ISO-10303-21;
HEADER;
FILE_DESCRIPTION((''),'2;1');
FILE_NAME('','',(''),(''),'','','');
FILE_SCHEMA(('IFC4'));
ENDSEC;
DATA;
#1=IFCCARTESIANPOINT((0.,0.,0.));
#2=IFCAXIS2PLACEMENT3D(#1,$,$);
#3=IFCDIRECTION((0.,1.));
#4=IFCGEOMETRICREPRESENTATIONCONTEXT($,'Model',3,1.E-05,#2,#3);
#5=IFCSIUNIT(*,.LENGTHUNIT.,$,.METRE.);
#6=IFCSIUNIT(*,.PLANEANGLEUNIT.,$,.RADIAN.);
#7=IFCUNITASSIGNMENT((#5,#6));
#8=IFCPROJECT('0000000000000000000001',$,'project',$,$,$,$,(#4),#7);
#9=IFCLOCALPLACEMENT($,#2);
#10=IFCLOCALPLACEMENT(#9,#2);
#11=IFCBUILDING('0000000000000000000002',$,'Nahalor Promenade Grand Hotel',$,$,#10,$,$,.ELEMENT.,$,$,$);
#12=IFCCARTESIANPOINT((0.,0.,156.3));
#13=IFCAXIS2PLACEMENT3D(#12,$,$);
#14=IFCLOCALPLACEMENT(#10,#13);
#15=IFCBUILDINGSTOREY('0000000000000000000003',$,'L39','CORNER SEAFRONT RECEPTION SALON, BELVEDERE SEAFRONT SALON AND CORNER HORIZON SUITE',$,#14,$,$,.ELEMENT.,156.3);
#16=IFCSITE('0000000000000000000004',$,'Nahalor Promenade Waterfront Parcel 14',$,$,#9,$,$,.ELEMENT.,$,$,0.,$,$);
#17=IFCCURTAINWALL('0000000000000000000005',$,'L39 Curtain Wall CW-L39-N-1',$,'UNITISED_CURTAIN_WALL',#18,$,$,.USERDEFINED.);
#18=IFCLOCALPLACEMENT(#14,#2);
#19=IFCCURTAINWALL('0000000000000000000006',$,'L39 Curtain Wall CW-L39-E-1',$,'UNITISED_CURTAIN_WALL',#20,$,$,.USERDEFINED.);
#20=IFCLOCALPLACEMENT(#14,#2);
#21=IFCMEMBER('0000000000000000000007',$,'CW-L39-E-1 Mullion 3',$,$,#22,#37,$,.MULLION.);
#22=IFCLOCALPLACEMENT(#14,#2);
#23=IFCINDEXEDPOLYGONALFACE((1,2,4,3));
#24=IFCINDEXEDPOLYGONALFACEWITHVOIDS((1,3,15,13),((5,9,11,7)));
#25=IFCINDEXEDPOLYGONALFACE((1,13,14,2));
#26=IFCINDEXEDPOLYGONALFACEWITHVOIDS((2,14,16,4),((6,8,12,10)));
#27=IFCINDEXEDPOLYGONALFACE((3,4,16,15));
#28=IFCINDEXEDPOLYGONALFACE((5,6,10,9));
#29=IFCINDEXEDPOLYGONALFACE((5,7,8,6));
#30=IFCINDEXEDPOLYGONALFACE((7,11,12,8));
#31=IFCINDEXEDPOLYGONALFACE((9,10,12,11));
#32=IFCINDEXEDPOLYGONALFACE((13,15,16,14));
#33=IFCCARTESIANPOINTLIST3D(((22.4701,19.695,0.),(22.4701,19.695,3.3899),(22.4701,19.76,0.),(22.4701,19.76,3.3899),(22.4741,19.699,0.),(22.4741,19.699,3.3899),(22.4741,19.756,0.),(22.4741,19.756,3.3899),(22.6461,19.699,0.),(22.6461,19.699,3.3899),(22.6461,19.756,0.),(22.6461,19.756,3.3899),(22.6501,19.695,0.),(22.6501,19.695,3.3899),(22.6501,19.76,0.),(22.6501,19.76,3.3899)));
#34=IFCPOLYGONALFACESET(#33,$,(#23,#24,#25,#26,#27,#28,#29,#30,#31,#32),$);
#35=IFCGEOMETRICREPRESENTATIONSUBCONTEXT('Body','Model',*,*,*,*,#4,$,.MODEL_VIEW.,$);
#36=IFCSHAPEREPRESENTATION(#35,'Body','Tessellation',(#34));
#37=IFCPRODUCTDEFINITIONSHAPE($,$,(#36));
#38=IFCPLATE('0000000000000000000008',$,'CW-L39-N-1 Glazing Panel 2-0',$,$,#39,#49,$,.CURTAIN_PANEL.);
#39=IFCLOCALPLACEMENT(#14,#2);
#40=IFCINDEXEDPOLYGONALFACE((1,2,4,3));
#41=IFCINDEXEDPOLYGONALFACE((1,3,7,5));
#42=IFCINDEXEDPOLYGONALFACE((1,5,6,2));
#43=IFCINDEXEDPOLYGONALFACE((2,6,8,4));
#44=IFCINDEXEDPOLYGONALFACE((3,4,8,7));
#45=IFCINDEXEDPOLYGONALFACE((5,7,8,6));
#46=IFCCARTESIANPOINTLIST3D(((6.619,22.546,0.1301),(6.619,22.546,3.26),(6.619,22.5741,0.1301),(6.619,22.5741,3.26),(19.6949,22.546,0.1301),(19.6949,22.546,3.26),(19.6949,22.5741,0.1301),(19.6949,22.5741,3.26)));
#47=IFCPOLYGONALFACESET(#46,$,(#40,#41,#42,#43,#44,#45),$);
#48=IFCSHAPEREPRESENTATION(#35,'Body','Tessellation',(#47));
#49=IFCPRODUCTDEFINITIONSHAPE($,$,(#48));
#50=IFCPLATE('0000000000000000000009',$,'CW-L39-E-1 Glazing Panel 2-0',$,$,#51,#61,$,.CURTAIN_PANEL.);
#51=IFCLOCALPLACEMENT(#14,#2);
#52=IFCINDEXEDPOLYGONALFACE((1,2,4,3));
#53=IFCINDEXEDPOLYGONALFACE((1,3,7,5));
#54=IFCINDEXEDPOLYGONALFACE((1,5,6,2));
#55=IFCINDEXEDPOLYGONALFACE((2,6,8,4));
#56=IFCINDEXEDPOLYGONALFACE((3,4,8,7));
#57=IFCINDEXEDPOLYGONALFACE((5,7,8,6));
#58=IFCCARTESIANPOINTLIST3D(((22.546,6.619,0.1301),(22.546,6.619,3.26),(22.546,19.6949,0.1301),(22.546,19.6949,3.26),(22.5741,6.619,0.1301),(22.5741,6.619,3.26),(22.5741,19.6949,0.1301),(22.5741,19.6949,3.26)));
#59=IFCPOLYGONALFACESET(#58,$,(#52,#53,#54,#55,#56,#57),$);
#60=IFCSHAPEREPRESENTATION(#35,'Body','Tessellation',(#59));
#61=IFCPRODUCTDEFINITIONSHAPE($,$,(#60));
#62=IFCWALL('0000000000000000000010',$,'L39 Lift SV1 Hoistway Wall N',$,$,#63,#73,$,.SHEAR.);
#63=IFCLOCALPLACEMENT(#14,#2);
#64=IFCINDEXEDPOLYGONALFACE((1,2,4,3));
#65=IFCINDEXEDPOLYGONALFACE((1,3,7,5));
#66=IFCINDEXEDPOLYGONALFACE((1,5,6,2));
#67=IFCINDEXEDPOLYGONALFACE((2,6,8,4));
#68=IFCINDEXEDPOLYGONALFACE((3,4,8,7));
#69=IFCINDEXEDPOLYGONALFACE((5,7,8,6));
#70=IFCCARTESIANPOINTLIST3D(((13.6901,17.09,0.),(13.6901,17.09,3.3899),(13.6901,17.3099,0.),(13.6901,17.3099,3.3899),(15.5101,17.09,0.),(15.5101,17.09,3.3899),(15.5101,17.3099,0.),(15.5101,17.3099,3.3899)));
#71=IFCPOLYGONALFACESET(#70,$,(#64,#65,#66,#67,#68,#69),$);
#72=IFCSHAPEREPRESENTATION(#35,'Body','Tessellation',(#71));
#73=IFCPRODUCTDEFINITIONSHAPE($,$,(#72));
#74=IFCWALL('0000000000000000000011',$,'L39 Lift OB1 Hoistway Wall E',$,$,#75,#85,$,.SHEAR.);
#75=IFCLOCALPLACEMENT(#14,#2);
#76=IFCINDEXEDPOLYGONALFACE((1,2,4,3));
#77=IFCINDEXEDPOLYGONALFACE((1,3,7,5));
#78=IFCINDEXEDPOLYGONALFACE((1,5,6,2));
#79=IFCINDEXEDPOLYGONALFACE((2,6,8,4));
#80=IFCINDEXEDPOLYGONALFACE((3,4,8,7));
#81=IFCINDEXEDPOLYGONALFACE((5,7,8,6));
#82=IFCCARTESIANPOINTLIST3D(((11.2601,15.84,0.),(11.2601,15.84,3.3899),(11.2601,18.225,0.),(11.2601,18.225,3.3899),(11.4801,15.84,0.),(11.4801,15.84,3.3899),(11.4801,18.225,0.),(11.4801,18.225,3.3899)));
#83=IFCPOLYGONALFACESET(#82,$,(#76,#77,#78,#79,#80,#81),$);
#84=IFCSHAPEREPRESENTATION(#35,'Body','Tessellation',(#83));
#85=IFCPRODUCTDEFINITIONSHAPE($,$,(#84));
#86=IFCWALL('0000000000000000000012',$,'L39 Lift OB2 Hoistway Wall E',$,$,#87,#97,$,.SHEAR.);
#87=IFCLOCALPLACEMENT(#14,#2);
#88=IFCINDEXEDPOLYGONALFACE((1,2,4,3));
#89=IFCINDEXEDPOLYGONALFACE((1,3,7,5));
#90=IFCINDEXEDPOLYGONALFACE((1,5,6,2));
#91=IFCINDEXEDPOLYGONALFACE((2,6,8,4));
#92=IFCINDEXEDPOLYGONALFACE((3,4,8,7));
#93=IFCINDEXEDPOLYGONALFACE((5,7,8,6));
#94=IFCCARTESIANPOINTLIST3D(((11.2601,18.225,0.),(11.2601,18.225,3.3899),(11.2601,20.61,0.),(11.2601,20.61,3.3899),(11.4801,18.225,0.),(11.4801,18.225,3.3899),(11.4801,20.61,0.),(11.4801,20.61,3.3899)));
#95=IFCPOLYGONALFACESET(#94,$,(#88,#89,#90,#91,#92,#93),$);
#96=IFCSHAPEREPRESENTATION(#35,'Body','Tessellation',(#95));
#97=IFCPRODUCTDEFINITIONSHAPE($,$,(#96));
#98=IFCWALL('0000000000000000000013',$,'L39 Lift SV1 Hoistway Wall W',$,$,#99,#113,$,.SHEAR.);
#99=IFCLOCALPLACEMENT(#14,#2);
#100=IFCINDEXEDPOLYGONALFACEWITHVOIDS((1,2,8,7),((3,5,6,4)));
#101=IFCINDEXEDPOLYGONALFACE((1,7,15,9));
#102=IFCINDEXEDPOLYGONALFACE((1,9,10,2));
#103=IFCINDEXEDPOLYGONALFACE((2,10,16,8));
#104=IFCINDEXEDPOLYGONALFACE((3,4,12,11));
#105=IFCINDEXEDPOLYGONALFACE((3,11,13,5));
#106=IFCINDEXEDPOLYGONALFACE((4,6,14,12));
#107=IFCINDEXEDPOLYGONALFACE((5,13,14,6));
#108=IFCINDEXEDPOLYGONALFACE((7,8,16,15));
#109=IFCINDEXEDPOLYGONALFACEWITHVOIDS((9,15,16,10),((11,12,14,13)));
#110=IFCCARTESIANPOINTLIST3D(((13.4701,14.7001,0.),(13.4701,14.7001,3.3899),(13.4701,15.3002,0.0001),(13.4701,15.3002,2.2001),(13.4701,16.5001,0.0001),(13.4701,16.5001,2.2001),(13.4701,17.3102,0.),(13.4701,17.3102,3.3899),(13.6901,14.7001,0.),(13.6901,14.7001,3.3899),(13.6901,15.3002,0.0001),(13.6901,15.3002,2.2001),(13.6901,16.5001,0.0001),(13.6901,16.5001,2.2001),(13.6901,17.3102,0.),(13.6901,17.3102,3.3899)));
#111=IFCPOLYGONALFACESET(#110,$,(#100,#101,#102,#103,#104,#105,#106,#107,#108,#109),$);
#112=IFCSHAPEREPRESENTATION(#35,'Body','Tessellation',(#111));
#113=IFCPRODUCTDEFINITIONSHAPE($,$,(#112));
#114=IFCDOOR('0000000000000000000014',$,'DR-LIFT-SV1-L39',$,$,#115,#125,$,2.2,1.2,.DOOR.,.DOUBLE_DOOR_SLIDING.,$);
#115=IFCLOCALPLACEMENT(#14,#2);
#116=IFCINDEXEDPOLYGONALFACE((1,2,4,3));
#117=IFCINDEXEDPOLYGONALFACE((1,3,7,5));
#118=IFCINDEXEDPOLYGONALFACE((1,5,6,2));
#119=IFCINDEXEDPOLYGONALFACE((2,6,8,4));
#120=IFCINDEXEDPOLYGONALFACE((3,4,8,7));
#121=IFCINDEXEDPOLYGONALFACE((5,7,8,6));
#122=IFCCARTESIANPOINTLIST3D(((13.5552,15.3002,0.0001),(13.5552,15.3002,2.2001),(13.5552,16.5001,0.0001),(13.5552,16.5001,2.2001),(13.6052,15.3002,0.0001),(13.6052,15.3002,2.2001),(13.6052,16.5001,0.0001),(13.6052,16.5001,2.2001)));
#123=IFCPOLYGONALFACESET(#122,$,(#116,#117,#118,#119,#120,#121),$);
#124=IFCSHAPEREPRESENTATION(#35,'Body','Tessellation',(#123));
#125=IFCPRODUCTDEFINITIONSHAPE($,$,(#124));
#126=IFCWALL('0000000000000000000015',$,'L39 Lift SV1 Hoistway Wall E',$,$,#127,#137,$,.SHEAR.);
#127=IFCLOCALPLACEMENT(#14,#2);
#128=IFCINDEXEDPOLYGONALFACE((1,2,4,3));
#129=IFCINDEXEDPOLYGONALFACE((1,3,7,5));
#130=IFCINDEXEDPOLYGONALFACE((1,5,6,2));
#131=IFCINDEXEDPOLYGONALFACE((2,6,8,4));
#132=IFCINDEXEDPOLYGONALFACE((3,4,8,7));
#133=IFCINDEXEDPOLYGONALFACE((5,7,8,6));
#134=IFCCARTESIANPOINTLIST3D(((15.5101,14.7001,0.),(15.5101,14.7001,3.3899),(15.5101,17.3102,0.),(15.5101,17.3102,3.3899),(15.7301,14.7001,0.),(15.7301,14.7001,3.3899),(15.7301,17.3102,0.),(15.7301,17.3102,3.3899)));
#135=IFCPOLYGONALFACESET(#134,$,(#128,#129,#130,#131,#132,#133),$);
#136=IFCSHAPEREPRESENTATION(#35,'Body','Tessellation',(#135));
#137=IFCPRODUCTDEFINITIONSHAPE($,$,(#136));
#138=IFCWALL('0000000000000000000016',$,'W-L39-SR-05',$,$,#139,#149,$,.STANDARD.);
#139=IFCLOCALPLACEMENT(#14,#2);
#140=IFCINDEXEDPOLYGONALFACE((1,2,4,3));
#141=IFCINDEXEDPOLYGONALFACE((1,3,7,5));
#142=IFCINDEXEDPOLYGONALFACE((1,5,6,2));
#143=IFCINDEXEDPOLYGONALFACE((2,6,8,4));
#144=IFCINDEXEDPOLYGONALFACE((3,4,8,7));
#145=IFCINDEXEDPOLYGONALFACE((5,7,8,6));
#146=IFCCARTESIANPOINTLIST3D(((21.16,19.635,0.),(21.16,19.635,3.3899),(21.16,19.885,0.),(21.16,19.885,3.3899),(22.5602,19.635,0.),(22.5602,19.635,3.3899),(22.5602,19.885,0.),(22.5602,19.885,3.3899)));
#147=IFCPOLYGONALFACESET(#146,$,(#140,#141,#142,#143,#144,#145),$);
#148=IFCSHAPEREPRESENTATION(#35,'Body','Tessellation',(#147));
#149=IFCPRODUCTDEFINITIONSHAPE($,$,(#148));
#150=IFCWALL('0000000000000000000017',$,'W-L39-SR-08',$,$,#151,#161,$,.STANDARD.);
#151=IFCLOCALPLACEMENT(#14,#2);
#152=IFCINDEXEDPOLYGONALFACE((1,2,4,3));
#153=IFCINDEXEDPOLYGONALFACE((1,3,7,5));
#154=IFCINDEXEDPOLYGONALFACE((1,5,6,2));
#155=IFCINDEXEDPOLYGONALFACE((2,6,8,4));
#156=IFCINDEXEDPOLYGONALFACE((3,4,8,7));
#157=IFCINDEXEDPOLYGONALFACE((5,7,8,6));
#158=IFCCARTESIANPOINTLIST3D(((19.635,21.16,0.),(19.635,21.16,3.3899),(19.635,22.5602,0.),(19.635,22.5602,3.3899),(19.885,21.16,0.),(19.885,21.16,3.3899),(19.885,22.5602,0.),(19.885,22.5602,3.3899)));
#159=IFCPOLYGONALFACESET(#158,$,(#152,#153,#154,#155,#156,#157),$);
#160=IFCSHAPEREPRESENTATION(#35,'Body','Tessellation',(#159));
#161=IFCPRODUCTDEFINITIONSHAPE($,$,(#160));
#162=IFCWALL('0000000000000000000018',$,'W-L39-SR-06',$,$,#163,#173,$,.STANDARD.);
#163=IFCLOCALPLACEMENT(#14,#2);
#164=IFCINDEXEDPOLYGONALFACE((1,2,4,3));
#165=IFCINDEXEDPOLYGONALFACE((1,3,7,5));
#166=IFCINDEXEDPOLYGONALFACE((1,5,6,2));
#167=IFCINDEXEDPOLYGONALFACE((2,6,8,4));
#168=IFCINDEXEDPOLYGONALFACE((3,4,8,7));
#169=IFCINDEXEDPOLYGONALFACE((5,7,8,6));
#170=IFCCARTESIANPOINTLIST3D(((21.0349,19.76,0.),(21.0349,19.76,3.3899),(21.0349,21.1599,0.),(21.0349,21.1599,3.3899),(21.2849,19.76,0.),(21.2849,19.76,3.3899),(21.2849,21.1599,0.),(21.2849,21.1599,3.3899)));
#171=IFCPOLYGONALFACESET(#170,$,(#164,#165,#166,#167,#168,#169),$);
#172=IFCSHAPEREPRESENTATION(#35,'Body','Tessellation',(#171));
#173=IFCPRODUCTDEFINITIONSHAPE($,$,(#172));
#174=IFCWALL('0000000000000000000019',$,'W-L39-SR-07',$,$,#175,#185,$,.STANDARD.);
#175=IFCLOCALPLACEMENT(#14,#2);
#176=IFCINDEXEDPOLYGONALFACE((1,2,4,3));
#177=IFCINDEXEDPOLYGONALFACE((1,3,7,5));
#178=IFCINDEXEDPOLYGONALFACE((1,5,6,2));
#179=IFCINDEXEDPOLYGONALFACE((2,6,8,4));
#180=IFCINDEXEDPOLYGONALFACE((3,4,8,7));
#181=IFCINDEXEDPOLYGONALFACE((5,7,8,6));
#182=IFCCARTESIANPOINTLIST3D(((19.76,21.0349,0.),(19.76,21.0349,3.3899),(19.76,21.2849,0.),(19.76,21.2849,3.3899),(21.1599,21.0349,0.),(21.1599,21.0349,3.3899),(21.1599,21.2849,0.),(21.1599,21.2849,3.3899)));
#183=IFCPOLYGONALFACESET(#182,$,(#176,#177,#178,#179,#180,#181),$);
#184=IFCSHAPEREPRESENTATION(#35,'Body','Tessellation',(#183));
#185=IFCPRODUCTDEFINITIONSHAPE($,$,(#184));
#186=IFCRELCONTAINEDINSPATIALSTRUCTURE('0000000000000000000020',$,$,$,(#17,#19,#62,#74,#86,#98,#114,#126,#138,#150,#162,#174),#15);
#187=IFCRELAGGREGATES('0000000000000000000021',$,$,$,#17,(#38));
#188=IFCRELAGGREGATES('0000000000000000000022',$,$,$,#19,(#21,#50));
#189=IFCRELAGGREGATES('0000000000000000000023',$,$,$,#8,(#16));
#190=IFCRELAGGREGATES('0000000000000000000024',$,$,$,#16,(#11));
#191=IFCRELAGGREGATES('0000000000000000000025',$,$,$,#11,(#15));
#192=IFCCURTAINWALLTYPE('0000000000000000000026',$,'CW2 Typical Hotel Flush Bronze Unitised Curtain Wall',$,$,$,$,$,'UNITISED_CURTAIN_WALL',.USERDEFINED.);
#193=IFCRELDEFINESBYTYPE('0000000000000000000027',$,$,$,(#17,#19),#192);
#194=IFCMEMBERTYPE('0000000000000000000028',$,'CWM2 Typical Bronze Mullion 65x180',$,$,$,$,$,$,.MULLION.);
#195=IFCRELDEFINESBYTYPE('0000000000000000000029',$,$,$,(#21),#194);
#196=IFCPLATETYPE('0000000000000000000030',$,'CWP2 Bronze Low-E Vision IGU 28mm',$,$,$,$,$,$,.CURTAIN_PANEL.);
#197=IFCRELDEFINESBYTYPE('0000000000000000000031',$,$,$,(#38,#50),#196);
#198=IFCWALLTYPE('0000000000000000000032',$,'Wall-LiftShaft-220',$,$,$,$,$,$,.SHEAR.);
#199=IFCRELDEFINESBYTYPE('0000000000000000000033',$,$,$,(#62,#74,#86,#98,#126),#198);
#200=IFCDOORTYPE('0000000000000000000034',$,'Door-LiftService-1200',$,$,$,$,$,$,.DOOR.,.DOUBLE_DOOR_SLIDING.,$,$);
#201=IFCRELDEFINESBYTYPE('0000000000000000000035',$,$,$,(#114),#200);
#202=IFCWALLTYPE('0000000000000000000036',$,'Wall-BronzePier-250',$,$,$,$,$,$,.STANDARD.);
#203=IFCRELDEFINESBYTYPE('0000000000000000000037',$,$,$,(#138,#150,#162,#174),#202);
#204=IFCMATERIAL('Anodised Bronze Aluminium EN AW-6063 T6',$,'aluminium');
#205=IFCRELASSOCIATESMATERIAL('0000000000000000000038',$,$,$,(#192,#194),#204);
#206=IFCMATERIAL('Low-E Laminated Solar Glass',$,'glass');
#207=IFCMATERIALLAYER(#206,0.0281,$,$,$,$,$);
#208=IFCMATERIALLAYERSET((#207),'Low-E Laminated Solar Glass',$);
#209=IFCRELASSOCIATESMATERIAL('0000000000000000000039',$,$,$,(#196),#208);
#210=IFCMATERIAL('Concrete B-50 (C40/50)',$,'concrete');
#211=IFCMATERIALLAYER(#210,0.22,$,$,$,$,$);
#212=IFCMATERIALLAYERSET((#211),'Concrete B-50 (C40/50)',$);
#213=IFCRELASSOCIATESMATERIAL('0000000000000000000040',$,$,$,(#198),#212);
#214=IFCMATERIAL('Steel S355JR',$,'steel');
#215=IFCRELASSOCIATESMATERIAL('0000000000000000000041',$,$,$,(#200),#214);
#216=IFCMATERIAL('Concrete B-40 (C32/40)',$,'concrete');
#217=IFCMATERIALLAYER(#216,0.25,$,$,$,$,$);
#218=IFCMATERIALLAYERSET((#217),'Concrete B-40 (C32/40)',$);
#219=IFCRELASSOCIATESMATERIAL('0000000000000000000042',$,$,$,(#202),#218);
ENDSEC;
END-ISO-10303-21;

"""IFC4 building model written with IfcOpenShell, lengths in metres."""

from ifc_helpers import new_model, si_unit, direction, frame, frame_2d, origin, origin_2d, place, context, subcontext, project, spatial, rectangle, hollow_rectangle, extrude, source, transform, mapped, material, layer, layer_set, material_profile, profile_set, type_object, element, fill, aggregate, save


model = new_model("IFC4")

# Units and contexts
model_context = context("Model", 3, precision=1e-05, world=origin(), true_north=direction((0.0, 1.0)))
body_context = subcontext(model_context, "Body", "Model", "MODEL_VIEW")
ifc_project = project(units=[si_unit("LENGTHUNIT", "METRE"), si_unit("PLANEANGLEUNIT", "RADIAN")], contexts=[model_context])

# Site, building, storey
site_placement = place(None, origin())
site = spatial("IfcSite", under=ifc_project, at=site_placement, Name="Nahalor Promenade Waterfront Parcel 14", CompositionType="ELEMENT", RefElevation=0.0)
building_placement = place(site_placement, origin())
building = spatial("IfcBuilding", under=site, at=building_placement, Name="Nahalor Promenade Grand Hotel", CompositionType="ELEMENT")
storey_placement = place(building_placement, frame((0.0, 0.0, 156.3)))
storey = spatial("IfcBuildingStorey", under=building, at=storey_placement, Name="L39", Description="CORNER SEAFRONT RECEPTION SALON, BELVEDERE SEAFRONT SALON AND CORNER HORIZON SUITE", CompositionType="ELEMENT", Elevation=156.3)

# Shared definitions
ifc_material_1 = material(Name="Steel S355JR", Category="steel")

# Curtain walls, member
ifc_material_2 = material(Name="Anodised Bronze Aluminium EN AW-6063 T6", Category="aluminium")
curtain_wall_type = type_object("IfcCurtainWallType", Name="CW2 Typical Hotel Flush Bronze Unitised Curtain Wall", ElementType="UNITISED_CURTAIN_WALL", PredefinedType="USERDEFINED", material=ifc_material_2)
curtain_wall_1_placement = place(storey_placement, origin())
curtain_wall_1 = element("IfcCurtainWall", 1, at=curtain_wall_1_placement, inside=storey, type_object=curtain_wall_type, Name="L39 Curtain Wall CW-L39-N-1", ObjectType="UNITISED_CURTAIN_WALL", PredefinedType="USERDEFINED")
ifc_material_profile_1 = material_profile(ifc_material_2, hollow_rectangle(XDim=0.065, YDim=0.18, WallThickness=0.004, at=origin_2d()), Name="CWM 65x180x4")
ifc_profile_set_1 = profile_set([ifc_material_profile_1], Name="Anodised Bronze Aluminium EN AW-6063 T6")
member_type = type_object("IfcMemberType", Name="CWM2 Typical Bronze Mullion 65x180", PredefinedType="MULLION", material=ifc_profile_set_1)
shared_shape_1 = source(origin(), body_context, "Body", "SweptSolid", [
    extrude(hollow_rectangle(XDim=0.065, YDim=0.18, WallThickness=0.004, at=origin_2d()), origin(), (0.0, 0.0, 1.0), 3.3899),
])
curtain_wall_2_placement = place(storey_placement, origin())
curtain_wall_2 = element("IfcCurtainWall", 2, at=curtain_wall_2_placement, inside=storey, type_object=curtain_wall_type, Name="L39 Curtain Wall CW-L39-E-1", ObjectType="UNITISED_CURTAIN_WALL", PredefinedType="USERDEFINED")
member_1_placement = place(storey_placement, frame((22.5601, 19.7275, 0.0), z_axis=(0.0, 0.0, 1.0), x_axis=(0.0, 1.0, 0.0)))
member_1 = element("IfcMember", 3, at=member_1_placement, type_object=member_type, Name="CW-L39-E-1 Mullion 3", PredefinedType="MULLION", context=body_context, shape_type="MappedRepresentation", body=[
    mapped(shared_shape_1, transform((0.0, 0.0, 0.0), scale=1.0)),
])

# Plates
ifc_material_3 = material(Name="Low-E Laminated Solar Glass", Category="glass")
ifc_layer_1 = layer(ifc_material_3, 0.0281)
ifc_layer_set_1 = layer_set([ifc_layer_1], Name="Low-E Laminated Solar Glass")
plate_type = type_object("IfcPlateType", Name="CWP2 Bronze Low-E Vision IGU 28mm", PredefinedType="CURTAIN_PANEL", material=ifc_layer_set_1)
shared_shape_2 = source(origin(), body_context, "Body", "SweptSolid", [
    extrude(rectangle(XDim=13.0759, YDim=0.0281, at=origin_2d()), origin(), (0.0, 0.0, 1.0), 3.1299),
])
plate_1_placement = place(storey_placement, frame((13.157, 22.5601, 0.1301), z_axis=(0.0, 0.0, 1.0), x_axis=(1.0, 0.0, 0.0)))
plate_1 = element("IfcPlate", 4, at=plate_1_placement, type_object=plate_type, Name="CW-L39-N-1 Glazing Panel 2-0", PredefinedType="CURTAIN_PANEL", context=body_context, shape_type="MappedRepresentation", body=[
    mapped(shared_shape_2, transform((0.0, 0.0, 0.0), scale=1.0)),
])
aggregate(curtain_wall_1, [plate_1])
plate_2_placement = place(storey_placement, frame((22.5601, 13.157, 0.1301), z_axis=(0.0, 0.0, 1.0), x_axis=(0.0, 1.0, 0.0)))
plate_2 = element("IfcPlate", 5, at=plate_2_placement, type_object=plate_type, Name="CW-L39-E-1 Glazing Panel 2-0", PredefinedType="CURTAIN_PANEL", context=body_context, shape_type="MappedRepresentation", body=[
    mapped(shared_shape_2, transform((0.0, 0.0, 0.0), scale=1.0)),
])
aggregate(curtain_wall_2, [member_1, plate_2])

# Walls
ifc_material_4 = material(Name="Concrete B-50 (C40/50)", Category="concrete")
ifc_layer_2 = layer(ifc_material_4, 0.22)
ifc_layer_set_2 = layer_set([ifc_layer_2], Name="Concrete B-50 (C40/50)")
wall_type_1 = type_object("IfcWallType", Name="Wall-LiftShaft-220", PredefinedType="SHEAR", material=ifc_layer_set_2)
shared_shape_3 = source(origin(), body_context, "Body", "SweptSolid", [
    extrude(rectangle(XDim=1.8201, YDim=0.22, at=frame_2d((0.9102, 0.0))), origin(), (0.0, 0.0, 1.0), 3.3899),
])
wall_1_placement = place(storey_placement, frame((13.6899, 17.2, 0.0), z_axis=(0.0, 0.0, 1.0), x_axis=(1.0, 0.0, 0.0)))
element("IfcWall", 6, at=wall_1_placement, inside=storey, type_object=wall_type_1, Name="L39 Lift SV1 Hoistway Wall N", PredefinedType="SHEAR", context=body_context, shape_type="MappedRepresentation", body=[
    mapped(shared_shape_3, transform((0.0, 0.0, 0.0), scale=1.0)),
])
shared_shape_4 = source(origin(), body_context, "Body", "SweptSolid", [
    extrude(rectangle(XDim=2.385, YDim=0.22, at=frame_2d((1.1924, 0.0))), origin(), (0.0, 0.0, 1.0), 3.3899),
])
for number, where, z_axis, x_axis, name in (
    (7, (11.3701, 15.8401, 0.0), (0.0, 0.0, 1.0), (0.0, 1.0, 0.0), "L39 Lift OB1 Hoistway Wall E"),
    (8, (11.3701, 18.2251, 0.0), (0.0, 0.0, 1.0), (0.0, 1.0, 0.0), "L39 Lift OB2 Hoistway Wall E"),
):
    element("IfcWall", number, at=place(storey_placement, frame(where, z_axis=z_axis, x_axis=x_axis)), inside=storey, type_object=wall_type_1, Name=name, PredefinedType="SHEAR", context=body_context, shape_type="MappedRepresentation", body=[
        mapped(shared_shape_4, transform((0.0, 0.0, 0.0), scale=1.0)),
    ])

# Wall, opening, door
shared_shape_5 = source(origin(), body_context, "Body", "SweptSolid", [
    extrude(rectangle(XDim=2.6101, YDim=0.22, at=frame_2d((1.3052, 0.0))), origin(), (0.0, 0.0, 1.0), 3.3899),
])
wall_2_placement = place(storey_placement, frame((13.5801, 14.7, 0.0), z_axis=(0.0, 0.0, 1.0), x_axis=(0.0, 1.0, 0.0)))
wall_2 = element("IfcWall", 9, at=wall_2_placement, inside=storey, type_object=wall_type_1, Name="L39 Lift SV1 Hoistway Wall W", PredefinedType="SHEAR", context=body_context, shape_type="MappedRepresentation", body=[
    mapped(shared_shape_5, transform((0.0, 0.0, 0.0), scale=1.0)),
])
opening_1_placement = place(wall_2_placement, frame((0.6001, 0.0, 0.0)))
opening_1 = element("IfcOpeningElement", 10, at=opening_1_placement, cuts=wall_2, PredefinedType="OPENING", context=body_context, shape_type="SweptSolid", body=[
    extrude(rectangle(XDim=1.2, YDim=2.2, at=frame_2d((0.6001, 1.1001))), frame((0.0, 0.1199, 0.0), z_axis=(0.0, -1.0, 0.0), x_axis=(1.0, 0.0, 0.0)), (0.0, 0.0, 1.0), 0.24),
])
door_type_1 = type_object("IfcDoorType", Name="Door-LiftService-1200", OperationType="DOUBLE_DOOR_SLIDING", PredefinedType="DOOR", material=ifc_material_1)
shared_shape_6 = source(origin(), body_context, "Body", "SweptSolid", [
    extrude(rectangle(XDim=1.2, YDim=2.2, at=frame_2d((0.6001, 1.1001))), frame((0.0, 0.0249, 0.0), z_axis=(0.0, -1.0, 0.0), x_axis=(1.0, 0.0, 0.0)), (0.0, 0.0, 1.0), 0.05),
])
door_1_placement = place(opening_1_placement, origin())
door_1 = element("IfcDoor", 11, at=door_1_placement, inside=storey, type_object=door_type_1, Name="DR-LIFT-SV1-L39", OperationType="DOUBLE_DOOR_SLIDING", OverallHeight=2.2, OverallWidth=1.2, PredefinedType="DOOR", context=body_context, shape_type="MappedRepresentation", body=[
    mapped(shared_shape_6, transform((0.0, 0.0, 0.0), scale=1.0)),
])
fill(opening_1, door_1)

# Walls
wall_3_placement = place(storey_placement, frame((15.6201, 14.7, 0.0), z_axis=(0.0, 0.0, 1.0), x_axis=(0.0, 1.0, 0.0)))
element("IfcWall", 12, at=wall_3_placement, inside=storey, type_object=wall_type_1, Name="L39 Lift SV1 Hoistway Wall E", PredefinedType="SHEAR", context=body_context, shape_type="MappedRepresentation", body=[
    mapped(shared_shape_5, transform((0.0, 0.0, 0.0), scale=1.0)),
])
ifc_material_5 = material(Name="Concrete B-40 (C32/40)", Category="concrete")
ifc_layer_3 = layer(ifc_material_5, 0.25)
ifc_layer_set_3 = layer_set([ifc_layer_3], Name="Concrete B-40 (C32/40)")
wall_type_2 = type_object("IfcWallType", Name="Wall-BronzePier-250", PredefinedType="STANDARD", material=ifc_layer_set_3)
shared_shape_7 = source(origin(), body_context, "Body", "SweptSolid", [
    extrude(rectangle(XDim=1.4001, YDim=0.25, at=frame_2d((0.7002, 0.0))), origin(), (0.0, 0.0, 1.0), 3.3899),
])
for number, where, z_axis, x_axis, name in (
    (13, (21.1599, 19.76, 0.0), (0.0, 0.0, 1.0), (1.0, 0.0, 0.0), "W-L39-SR-05"),
    (14, (19.76, 21.1599, 0.0), (0.0, 0.0, 1.0), (0.0, 1.0, 0.0), "W-L39-SR-08"),
):
    element("IfcWall", number, at=place(storey_placement, frame(where, z_axis=z_axis, x_axis=x_axis)), inside=storey, type_object=wall_type_2, Name=name, PredefinedType="STANDARD", context=body_context, shape_type="MappedRepresentation", body=[
        mapped(shared_shape_7, transform((0.0, 0.0, 0.0), scale=1.0)),
    ])
shared_shape_8 = source(origin(), body_context, "Body", "SweptSolid", [
    extrude(rectangle(XDim=1.3999, YDim=0.25, at=frame_2d((0.7, 0.0))), origin(), (0.0, 0.0, 1.0), 3.3899),
])
for number, where, z_axis, x_axis, name in (
    (15, (21.1599, 19.76, 0.0), (0.0, 0.0, 1.0), (0.0, 1.0, 0.0), "W-L39-SR-06"),
    (16, (19.76, 21.1599, 0.0), (0.0, 0.0, 1.0), (1.0, 0.0, 0.0), "W-L39-SR-07"),
):
    element("IfcWall", number, at=place(storey_placement, frame(where, z_axis=z_axis, x_axis=x_axis)), inside=storey, type_object=wall_type_2, Name=name, PredefinedType="STANDARD", context=body_context, shape_type="MappedRepresentation", body=[
        mapped(shared_shape_8, transform((0.0, 0.0, 0.0), scale=1.0)),
    ])

save(model, "model.ifc")
